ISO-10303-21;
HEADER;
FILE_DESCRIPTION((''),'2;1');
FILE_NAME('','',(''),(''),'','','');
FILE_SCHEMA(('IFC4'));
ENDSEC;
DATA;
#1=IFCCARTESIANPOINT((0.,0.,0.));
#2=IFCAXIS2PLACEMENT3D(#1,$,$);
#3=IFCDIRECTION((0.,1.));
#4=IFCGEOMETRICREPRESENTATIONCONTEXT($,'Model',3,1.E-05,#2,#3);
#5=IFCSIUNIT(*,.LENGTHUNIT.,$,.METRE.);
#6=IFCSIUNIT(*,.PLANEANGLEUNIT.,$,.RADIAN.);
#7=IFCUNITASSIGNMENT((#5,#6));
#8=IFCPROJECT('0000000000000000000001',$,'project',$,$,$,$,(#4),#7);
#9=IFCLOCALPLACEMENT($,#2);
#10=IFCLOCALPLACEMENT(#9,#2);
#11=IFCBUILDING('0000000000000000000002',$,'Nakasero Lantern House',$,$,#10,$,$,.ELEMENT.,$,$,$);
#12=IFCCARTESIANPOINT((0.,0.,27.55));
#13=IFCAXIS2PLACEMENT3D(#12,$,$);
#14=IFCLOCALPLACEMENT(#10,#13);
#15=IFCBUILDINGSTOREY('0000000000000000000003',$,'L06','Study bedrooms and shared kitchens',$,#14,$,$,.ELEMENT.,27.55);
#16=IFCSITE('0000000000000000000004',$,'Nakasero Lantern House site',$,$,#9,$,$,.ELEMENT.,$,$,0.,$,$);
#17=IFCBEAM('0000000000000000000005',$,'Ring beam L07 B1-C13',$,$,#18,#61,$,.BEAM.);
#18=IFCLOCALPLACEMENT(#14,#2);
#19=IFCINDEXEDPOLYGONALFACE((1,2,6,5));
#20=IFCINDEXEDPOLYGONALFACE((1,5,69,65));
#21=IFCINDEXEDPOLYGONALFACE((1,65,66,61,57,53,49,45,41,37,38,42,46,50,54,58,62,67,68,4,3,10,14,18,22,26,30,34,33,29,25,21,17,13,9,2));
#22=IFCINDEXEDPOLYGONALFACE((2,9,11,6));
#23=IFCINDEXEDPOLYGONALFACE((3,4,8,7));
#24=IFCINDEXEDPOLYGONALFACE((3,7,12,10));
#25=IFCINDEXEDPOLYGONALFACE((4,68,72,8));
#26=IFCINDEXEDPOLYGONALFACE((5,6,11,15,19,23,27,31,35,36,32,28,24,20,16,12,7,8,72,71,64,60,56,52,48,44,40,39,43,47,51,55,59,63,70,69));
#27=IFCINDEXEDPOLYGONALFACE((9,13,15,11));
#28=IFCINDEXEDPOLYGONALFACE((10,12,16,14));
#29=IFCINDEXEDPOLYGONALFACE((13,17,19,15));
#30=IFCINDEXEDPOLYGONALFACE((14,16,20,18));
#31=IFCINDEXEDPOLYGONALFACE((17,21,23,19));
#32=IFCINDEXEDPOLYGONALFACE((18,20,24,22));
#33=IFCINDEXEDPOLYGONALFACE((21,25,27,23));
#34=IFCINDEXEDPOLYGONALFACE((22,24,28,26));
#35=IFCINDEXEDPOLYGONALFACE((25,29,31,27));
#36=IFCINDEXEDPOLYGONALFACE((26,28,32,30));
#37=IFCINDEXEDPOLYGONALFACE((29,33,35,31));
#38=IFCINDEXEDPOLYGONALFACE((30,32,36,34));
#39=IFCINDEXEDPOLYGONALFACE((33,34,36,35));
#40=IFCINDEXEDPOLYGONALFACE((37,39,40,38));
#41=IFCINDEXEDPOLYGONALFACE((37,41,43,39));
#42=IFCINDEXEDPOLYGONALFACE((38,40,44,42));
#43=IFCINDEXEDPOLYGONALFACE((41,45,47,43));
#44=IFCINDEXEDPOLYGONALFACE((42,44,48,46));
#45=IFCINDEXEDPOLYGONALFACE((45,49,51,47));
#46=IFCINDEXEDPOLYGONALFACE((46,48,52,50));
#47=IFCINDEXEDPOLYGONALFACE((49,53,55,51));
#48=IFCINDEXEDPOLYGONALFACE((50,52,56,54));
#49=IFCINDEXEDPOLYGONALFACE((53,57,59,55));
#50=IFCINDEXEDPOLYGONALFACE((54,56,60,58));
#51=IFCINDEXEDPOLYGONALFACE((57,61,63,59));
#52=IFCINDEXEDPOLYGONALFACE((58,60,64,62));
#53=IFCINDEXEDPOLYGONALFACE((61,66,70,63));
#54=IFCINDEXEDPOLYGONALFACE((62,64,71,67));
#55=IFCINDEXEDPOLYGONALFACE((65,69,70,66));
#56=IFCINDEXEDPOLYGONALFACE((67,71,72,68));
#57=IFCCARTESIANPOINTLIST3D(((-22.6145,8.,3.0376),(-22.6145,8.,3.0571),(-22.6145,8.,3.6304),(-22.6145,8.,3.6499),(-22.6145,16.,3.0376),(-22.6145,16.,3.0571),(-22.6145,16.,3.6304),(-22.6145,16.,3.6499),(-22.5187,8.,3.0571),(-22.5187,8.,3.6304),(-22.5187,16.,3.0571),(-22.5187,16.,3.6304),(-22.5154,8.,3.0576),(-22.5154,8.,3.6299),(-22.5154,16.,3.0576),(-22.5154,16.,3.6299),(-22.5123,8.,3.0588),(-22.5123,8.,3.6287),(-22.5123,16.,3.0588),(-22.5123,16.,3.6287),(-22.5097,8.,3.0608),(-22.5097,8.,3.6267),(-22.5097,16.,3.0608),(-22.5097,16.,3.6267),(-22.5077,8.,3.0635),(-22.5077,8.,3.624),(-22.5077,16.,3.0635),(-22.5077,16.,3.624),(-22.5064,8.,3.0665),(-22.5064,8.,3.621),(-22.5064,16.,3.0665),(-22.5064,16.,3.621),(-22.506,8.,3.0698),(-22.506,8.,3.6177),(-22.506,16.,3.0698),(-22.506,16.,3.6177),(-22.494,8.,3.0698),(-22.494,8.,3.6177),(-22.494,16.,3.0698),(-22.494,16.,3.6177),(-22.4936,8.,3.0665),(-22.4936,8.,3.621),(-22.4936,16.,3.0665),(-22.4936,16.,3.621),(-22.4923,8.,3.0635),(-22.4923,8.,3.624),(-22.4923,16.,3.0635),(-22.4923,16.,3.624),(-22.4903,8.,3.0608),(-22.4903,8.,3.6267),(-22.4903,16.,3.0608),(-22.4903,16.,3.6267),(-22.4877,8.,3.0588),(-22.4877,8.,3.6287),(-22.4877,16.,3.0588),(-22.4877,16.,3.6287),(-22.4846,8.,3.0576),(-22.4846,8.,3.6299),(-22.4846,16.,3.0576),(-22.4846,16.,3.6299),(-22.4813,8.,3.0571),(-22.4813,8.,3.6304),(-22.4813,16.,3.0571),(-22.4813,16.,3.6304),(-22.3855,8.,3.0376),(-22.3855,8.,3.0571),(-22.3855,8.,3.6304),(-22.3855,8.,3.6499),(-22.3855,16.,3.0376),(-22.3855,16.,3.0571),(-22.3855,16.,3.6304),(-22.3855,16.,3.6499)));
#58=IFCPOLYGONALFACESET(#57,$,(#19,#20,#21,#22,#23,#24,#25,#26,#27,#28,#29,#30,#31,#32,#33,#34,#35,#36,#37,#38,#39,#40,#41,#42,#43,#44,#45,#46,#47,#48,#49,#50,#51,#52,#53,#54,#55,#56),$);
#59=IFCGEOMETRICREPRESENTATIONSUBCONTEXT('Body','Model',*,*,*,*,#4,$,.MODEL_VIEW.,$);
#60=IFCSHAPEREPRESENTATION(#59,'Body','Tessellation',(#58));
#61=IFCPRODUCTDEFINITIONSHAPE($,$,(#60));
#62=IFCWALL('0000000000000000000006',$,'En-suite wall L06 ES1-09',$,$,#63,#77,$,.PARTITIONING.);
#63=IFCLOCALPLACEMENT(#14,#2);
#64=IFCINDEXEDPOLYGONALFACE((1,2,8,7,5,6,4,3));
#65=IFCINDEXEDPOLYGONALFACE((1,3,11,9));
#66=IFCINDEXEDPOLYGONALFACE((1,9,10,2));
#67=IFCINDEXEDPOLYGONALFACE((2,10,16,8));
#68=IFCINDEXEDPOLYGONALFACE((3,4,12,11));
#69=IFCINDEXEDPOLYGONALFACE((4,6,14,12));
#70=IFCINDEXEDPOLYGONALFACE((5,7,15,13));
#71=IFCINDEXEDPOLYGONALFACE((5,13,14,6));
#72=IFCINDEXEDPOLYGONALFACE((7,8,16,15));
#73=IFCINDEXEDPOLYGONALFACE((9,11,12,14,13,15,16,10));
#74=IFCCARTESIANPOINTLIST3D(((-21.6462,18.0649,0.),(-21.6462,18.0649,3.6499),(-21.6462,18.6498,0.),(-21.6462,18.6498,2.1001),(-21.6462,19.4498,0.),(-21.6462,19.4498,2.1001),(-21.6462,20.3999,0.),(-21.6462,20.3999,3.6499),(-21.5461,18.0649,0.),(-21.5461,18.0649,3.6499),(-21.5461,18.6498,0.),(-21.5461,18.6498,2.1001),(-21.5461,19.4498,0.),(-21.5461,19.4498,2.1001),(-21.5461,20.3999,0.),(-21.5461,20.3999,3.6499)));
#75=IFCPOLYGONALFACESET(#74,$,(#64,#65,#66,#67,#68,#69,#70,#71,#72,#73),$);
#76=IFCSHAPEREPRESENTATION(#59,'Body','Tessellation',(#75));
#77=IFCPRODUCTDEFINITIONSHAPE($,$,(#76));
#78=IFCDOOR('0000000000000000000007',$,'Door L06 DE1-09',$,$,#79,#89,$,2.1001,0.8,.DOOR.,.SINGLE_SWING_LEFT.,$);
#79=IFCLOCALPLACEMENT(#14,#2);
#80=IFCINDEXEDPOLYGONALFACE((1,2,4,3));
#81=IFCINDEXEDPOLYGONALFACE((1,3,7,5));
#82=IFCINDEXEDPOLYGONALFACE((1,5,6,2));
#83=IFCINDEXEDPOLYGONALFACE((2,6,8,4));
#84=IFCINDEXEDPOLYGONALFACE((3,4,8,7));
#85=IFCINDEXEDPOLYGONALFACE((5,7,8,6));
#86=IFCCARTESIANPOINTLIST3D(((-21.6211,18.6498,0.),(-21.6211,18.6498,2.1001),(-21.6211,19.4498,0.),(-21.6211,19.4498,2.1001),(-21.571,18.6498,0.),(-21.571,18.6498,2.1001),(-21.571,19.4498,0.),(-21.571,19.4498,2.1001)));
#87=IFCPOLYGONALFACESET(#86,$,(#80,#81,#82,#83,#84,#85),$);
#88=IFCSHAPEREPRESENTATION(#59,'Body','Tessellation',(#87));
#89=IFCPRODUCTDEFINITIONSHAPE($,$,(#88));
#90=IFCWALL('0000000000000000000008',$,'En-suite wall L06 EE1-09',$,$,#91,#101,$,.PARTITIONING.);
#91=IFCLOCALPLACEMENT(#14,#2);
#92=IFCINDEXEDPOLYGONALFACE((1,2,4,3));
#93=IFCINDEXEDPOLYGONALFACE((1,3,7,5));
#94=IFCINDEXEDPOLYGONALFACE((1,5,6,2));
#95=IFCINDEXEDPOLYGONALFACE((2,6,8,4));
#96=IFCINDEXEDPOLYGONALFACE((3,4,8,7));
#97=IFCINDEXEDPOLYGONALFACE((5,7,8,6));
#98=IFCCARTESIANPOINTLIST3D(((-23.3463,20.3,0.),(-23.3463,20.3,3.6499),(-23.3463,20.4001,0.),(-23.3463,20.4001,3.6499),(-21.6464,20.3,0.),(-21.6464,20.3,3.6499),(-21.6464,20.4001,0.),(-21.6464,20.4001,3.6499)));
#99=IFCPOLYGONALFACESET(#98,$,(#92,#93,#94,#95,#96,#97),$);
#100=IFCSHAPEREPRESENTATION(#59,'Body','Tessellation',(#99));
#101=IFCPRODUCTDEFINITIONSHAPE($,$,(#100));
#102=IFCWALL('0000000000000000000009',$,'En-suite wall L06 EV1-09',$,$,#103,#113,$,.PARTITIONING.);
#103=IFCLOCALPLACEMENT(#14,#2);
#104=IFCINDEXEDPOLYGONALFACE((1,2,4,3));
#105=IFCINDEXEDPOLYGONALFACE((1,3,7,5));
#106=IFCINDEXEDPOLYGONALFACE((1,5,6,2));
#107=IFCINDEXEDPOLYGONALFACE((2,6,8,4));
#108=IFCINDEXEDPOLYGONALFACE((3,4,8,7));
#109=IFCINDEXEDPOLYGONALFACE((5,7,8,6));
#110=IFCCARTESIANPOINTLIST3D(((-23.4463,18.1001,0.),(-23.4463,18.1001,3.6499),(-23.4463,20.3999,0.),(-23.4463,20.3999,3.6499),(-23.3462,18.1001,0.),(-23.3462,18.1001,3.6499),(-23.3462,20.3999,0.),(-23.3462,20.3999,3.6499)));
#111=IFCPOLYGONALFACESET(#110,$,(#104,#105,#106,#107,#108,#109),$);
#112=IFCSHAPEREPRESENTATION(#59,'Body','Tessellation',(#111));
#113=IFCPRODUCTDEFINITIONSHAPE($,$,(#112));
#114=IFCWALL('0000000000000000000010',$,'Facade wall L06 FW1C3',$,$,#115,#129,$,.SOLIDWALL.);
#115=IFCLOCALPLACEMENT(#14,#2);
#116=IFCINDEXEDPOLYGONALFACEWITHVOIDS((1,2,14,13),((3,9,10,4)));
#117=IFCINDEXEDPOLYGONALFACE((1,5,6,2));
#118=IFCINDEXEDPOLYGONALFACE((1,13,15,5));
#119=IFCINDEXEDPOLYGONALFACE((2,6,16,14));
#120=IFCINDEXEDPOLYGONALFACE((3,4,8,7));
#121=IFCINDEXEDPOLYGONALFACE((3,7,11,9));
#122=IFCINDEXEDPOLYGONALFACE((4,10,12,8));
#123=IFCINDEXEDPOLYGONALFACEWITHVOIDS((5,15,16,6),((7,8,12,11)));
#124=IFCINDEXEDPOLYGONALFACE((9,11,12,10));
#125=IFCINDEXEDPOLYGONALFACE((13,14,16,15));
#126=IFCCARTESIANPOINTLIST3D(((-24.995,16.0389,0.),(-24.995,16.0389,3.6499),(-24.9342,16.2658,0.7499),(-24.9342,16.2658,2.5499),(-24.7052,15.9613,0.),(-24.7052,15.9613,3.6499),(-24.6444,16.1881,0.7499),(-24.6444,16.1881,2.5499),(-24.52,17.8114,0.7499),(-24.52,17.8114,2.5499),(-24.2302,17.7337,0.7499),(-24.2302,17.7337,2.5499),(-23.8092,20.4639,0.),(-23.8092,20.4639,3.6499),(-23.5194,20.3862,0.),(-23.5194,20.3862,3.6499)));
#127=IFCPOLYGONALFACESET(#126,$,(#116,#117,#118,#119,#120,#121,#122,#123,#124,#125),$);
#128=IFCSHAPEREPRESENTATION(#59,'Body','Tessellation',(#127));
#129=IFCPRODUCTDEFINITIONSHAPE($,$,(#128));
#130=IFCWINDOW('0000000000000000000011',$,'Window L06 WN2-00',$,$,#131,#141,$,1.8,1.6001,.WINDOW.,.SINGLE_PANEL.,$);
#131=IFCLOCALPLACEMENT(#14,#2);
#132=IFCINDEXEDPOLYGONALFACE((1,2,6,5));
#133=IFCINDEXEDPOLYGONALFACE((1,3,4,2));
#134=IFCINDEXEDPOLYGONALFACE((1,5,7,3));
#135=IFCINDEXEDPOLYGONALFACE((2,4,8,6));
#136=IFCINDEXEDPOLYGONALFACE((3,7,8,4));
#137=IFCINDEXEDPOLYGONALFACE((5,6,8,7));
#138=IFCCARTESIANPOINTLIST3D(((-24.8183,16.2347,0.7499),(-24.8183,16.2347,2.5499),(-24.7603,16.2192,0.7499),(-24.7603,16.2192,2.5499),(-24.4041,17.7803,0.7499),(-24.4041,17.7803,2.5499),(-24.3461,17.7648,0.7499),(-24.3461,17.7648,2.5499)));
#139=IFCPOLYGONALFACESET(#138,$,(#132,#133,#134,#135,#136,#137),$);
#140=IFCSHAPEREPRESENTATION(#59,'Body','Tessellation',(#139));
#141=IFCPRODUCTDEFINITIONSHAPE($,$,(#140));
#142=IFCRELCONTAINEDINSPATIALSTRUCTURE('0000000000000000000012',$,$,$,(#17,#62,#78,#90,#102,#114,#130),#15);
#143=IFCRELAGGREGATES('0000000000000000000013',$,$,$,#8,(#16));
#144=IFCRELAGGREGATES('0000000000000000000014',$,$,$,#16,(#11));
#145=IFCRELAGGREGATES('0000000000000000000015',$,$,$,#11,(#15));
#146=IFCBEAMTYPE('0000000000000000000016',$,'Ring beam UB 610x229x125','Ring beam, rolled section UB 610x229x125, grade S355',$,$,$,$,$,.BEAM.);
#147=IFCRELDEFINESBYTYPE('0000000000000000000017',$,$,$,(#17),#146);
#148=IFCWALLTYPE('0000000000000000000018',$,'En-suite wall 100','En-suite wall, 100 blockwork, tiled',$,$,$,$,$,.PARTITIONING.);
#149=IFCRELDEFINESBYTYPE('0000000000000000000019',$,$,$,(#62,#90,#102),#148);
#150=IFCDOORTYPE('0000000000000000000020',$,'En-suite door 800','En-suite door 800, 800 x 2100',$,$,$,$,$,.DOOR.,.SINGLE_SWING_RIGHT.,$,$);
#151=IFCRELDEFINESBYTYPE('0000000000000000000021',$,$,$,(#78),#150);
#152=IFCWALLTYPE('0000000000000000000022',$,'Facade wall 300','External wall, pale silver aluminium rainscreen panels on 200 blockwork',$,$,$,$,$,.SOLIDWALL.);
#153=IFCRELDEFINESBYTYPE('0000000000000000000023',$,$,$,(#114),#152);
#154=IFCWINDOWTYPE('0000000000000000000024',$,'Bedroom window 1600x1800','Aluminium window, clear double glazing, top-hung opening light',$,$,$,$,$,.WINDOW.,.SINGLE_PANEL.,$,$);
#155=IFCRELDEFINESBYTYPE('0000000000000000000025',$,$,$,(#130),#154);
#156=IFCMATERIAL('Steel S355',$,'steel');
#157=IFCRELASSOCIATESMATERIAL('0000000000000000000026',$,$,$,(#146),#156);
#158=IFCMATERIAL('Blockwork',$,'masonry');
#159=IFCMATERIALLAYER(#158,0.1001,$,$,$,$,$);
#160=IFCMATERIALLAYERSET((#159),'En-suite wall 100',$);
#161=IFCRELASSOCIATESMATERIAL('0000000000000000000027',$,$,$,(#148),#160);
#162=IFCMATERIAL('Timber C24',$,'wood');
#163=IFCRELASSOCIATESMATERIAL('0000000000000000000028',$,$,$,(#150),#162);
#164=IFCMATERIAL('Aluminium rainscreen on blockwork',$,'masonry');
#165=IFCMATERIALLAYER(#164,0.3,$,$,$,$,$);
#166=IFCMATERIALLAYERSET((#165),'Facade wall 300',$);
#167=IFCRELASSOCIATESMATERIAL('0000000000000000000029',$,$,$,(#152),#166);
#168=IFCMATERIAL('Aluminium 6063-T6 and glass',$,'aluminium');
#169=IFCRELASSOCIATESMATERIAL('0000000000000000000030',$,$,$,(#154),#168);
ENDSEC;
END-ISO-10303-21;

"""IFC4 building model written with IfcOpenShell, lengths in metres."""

from ifc_helpers import new_model, si_unit, direction, frame, frame_2d, origin, origin_2d, place, context, subcontext, project, spatial, rectangle, i_section, extrude, material, layer, layer_set, material_profile, profile_set, type_object, element, fill, save


model = new_model("IFC4")

# Units and contexts
model_context = context("Model", 3, precision=1e-05, world=origin(), true_north=direction((0.0, 1.0)))
body_context = subcontext(model_context, "Body", "Model", "MODEL_VIEW")
ifc_project = project(units=[si_unit("LENGTHUNIT", "METRE"), si_unit("PLANEANGLEUNIT", "RADIAN")], contexts=[model_context])

# Site, building, storey
site_placement = place(None, origin())
site = spatial("IfcSite", under=ifc_project, at=site_placement, Name="Nakasero Lantern House site", CompositionType="ELEMENT", RefElevation=0.0)
building_placement = place(site_placement, origin())
building = spatial("IfcBuilding", under=site, at=building_placement, Name="Nakasero Lantern House", CompositionType="ELEMENT")
storey_placement = place(building_placement, frame((0.0, 0.0, 27.55)))
storey = spatial("IfcBuildingStorey", under=building, at=storey_placement, Name="L06", Description="Study bedrooms and shared kitchens", CompositionType="ELEMENT", Elevation=27.55)

# Beam
ifc_material_1 = material(Name="Steel S355", Category="steel")
ifc_material_profile_1 = material_profile(ifc_material_1, i_section(OverallWidth=0.229, OverallDepth=0.6123, WebThickness=0.012, FlangeThickness=0.0195, FilletRadius=0.0127, at=origin_2d()), Name="UB 610x229x125")
ifc_profile_set_1 = profile_set([ifc_material_profile_1], Name="Steel S355")
beam_type_1 = type_object("IfcBeamType", Name="Ring beam UB 610x229x125", Description="Ring beam, rolled section UB 610x229x125, grade S355", PredefinedType="BEAM", material=ifc_profile_set_1)
beam_1_placement = place(storey_placement, frame((-22.5, 16.0, 3.3438), z_axis=(0.0, -1.0, 0.0), x_axis=(1.0, 0.0, 0.0)))
element("IfcBeam", 1, at=beam_1_placement, inside=storey, type_object=beam_type_1, Name="Ring beam L07 B1-C13", PredefinedType="BEAM", context=body_context, shape_type="SweptSolid", body=[
    extrude(i_section(OverallWidth=0.229, OverallDepth=0.6123, WebThickness=0.012, FlangeThickness=0.0195, FilletRadius=0.0127, at=origin_2d()), origin(), (0.0, 0.0, 1.0), 8.0),
])

# Wall, opening, door
ifc_material_2 = material(Name="Blockwork", Category="masonry")
ifc_layer_1 = layer(ifc_material_2, 0.1001)
ifc_layer_set_1 = layer_set([ifc_layer_1], Name="En-suite wall 100")
wall_type_1 = type_object("IfcWallType", Name="En-suite wall 100", Description="En-suite wall, 100 blockwork, tiled", PredefinedType="PARTITIONING", material=ifc_layer_set_1)
wall_1_placement = place(storey_placement, frame((-21.5962, 18.0649, 0.0), z_axis=(0.0, 0.0, 1.0), x_axis=(0.0, 1.0, 0.0)))
wall_1 = element("IfcWall", 2, at=wall_1_placement, inside=storey, type_object=wall_type_1, Name="En-suite wall L06 ES1-09", PredefinedType="PARTITIONING", context=body_context, shape_type="SweptSolid", body=[
    extrude(rectangle(XDim=2.335, YDim=0.1001, at=frame_2d((1.1675, 0.0))), origin(), (0.0, 0.0, 1.0), 3.6499),
])
opening_1_placement = place(wall_1_placement, frame((0.585, 0.0, 0.0)))
opening_1 = element("IfcOpeningElement", 3, at=opening_1_placement, cuts=wall_1, PredefinedType="OPENING", context=body_context, shape_type="SweptSolid", body=[
    extrude(rectangle(XDim=0.8, YDim=2.1001, at=frame_2d((0.3999, 1.05))), frame((0.0, 0.0701, 0.0), z_axis=(0.0, -1.0, 0.0), x_axis=(1.0, 0.0, 0.0)), (0.0, 0.0, 1.0), 0.1401),
])
ifc_material_3 = material(Name="Timber C24", Category="wood")
door_type_1 = type_object("IfcDoorType", Name="En-suite door 800", Description="En-suite door 800, 800 x 2100", OperationType="SINGLE_SWING_RIGHT", PredefinedType="DOOR", material=ifc_material_3)
door_1_placement = place(opening_1_placement, origin())
door_1 = element("IfcDoor", 4, at=door_1_placement, inside=storey, type_object=door_type_1, Name="Door L06 DE1-09", OperationType="SINGLE_SWING_LEFT", OverallHeight=2.1001, OverallWidth=0.8, PredefinedType="DOOR", context=body_context, shape_type="SweptSolid", body=[
    extrude(rectangle(XDim=0.8, YDim=2.1001, at=frame_2d((0.3999, 1.05))), frame((0.0, 0.0249, 0.0), z_axis=(0.0, -1.0, 0.0), x_axis=(1.0, 0.0, 0.0)), (0.0, 0.0, 1.0), 0.05),
])
fill(opening_1, door_1)

# Walls
wall_2_placement = place(storey_placement, frame((-21.6462, 20.3501, 0.0), z_axis=(0.0, 0.0, 1.0), x_axis=(-1.0, 0.0, 0.0)))
element("IfcWall", 5, at=wall_2_placement, inside=storey, type_object=wall_type_1, Name="En-suite wall L06 EE1-09", PredefinedType="PARTITIONING", context=body_context, shape_type="SweptSolid", body=[
    extrude(rectangle(XDim=1.7, YDim=0.1001, at=frame_2d((0.8501, 0.0))), origin(), (0.0, 0.0, 1.0), 3.6499),
])
wall_3_placement = place(storey_placement, frame((-23.3962, 18.1001, 0.0), z_axis=(0.0, 0.0, 1.0), x_axis=(0.0, 1.0, 0.0)))
element("IfcWall", 6, at=wall_3_placement, inside=storey, type_object=wall_type_1, Name="En-suite wall L06 EV1-09", PredefinedType="PARTITIONING", context=body_context, shape_type="SweptSolid", body=[
    extrude(rectangle(XDim=2.2998, YDim=0.1001, at=frame_2d((1.1499, 0.0))), origin(), (0.0, 0.0, 1.0), 3.6499),
])

# Wall, opening, window
ifc_material_4 = material(Name="Aluminium rainscreen on blockwork", Category="masonry")
ifc_layer_2 = layer(ifc_material_4, 0.3)
ifc_layer_set_2 = layer_set([ifc_layer_2], Name="Facade wall 300")
wall_type_2 = type_object("IfcWallType", Name="Facade wall 300", Description="External wall, pale silver aluminium rainscreen panels on 200 blockwork", PredefinedType="SOLIDWALL", material=ifc_layer_set_2)
wall_4_placement = place(storey_placement, frame((-23.6643, 20.425, 0.0), z_axis=(0.0, 0.0, 1.0), x_axis=(-0.25884, -0.96592, 0.0)))
wall_4 = element("IfcWall", 7, at=wall_4_placement, inside=storey, type_object=wall_type_2, Name="Facade wall L06 FW1C3", PredefinedType="SOLIDWALL", context=body_context, shape_type="SweptSolid", body=[
    extrude(rectangle(XDim=4.5811, YDim=0.3, at=frame_2d((2.2905, 0.0))), origin(), (0.0, 0.0, 1.0), 3.6499),
])
opening_2_placement = place(wall_4_placement, frame((2.7461, 0.0, 0.75)))
opening_2 = element("IfcOpeningElement", 8, at=opening_2_placement, cuts=wall_4, PredefinedType="OPENING", context=body_context, shape_type="SweptSolid", body=[
    extrude(rectangle(XDim=1.6001, YDim=1.8, at=frame_2d((0.8, 0.8999))), frame((0.0, 0.1699, 0.0), z_axis=(0.0, -1.0, 0.0), x_axis=(1.0, 0.0, 0.0)), (0.0, 0.0, 1.0), 0.3401),
])
ifc_material_5 = material(Name="Aluminium 6063-T6 and glass", Category="aluminium")
window_type_1 = type_object("IfcWindowType", Name="Bedroom window 1600x1800", Description="Aluminium window, clear double glazing, top-hung opening light", PartitioningType="SINGLE_PANEL", PredefinedType="WINDOW", material=ifc_material_5)
window_1_placement = place(opening_2_placement, origin())
window_1 = element("IfcWindow", 9, at=window_1_placement, inside=storey, type_object=window_type_1, Name="Window L06 WN2-00", OverallHeight=1.8, OverallWidth=1.6001, PartitioningType="SINGLE_PANEL", PredefinedType="WINDOW", context=body_context, shape_type="SweptSolid", body=[
    extrude(rectangle(XDim=1.6001, YDim=1.8, at=frame_2d((0.8, 0.8999))), frame((0.0, 0.03, 0.0), z_axis=(0.0, -1.0, 0.0), x_axis=(1.0, 0.0, 0.0)), (0.0, 0.0, 1.0), 0.0601),
])
fill(opening_2, window_1)

save(model, "model.ifc")
